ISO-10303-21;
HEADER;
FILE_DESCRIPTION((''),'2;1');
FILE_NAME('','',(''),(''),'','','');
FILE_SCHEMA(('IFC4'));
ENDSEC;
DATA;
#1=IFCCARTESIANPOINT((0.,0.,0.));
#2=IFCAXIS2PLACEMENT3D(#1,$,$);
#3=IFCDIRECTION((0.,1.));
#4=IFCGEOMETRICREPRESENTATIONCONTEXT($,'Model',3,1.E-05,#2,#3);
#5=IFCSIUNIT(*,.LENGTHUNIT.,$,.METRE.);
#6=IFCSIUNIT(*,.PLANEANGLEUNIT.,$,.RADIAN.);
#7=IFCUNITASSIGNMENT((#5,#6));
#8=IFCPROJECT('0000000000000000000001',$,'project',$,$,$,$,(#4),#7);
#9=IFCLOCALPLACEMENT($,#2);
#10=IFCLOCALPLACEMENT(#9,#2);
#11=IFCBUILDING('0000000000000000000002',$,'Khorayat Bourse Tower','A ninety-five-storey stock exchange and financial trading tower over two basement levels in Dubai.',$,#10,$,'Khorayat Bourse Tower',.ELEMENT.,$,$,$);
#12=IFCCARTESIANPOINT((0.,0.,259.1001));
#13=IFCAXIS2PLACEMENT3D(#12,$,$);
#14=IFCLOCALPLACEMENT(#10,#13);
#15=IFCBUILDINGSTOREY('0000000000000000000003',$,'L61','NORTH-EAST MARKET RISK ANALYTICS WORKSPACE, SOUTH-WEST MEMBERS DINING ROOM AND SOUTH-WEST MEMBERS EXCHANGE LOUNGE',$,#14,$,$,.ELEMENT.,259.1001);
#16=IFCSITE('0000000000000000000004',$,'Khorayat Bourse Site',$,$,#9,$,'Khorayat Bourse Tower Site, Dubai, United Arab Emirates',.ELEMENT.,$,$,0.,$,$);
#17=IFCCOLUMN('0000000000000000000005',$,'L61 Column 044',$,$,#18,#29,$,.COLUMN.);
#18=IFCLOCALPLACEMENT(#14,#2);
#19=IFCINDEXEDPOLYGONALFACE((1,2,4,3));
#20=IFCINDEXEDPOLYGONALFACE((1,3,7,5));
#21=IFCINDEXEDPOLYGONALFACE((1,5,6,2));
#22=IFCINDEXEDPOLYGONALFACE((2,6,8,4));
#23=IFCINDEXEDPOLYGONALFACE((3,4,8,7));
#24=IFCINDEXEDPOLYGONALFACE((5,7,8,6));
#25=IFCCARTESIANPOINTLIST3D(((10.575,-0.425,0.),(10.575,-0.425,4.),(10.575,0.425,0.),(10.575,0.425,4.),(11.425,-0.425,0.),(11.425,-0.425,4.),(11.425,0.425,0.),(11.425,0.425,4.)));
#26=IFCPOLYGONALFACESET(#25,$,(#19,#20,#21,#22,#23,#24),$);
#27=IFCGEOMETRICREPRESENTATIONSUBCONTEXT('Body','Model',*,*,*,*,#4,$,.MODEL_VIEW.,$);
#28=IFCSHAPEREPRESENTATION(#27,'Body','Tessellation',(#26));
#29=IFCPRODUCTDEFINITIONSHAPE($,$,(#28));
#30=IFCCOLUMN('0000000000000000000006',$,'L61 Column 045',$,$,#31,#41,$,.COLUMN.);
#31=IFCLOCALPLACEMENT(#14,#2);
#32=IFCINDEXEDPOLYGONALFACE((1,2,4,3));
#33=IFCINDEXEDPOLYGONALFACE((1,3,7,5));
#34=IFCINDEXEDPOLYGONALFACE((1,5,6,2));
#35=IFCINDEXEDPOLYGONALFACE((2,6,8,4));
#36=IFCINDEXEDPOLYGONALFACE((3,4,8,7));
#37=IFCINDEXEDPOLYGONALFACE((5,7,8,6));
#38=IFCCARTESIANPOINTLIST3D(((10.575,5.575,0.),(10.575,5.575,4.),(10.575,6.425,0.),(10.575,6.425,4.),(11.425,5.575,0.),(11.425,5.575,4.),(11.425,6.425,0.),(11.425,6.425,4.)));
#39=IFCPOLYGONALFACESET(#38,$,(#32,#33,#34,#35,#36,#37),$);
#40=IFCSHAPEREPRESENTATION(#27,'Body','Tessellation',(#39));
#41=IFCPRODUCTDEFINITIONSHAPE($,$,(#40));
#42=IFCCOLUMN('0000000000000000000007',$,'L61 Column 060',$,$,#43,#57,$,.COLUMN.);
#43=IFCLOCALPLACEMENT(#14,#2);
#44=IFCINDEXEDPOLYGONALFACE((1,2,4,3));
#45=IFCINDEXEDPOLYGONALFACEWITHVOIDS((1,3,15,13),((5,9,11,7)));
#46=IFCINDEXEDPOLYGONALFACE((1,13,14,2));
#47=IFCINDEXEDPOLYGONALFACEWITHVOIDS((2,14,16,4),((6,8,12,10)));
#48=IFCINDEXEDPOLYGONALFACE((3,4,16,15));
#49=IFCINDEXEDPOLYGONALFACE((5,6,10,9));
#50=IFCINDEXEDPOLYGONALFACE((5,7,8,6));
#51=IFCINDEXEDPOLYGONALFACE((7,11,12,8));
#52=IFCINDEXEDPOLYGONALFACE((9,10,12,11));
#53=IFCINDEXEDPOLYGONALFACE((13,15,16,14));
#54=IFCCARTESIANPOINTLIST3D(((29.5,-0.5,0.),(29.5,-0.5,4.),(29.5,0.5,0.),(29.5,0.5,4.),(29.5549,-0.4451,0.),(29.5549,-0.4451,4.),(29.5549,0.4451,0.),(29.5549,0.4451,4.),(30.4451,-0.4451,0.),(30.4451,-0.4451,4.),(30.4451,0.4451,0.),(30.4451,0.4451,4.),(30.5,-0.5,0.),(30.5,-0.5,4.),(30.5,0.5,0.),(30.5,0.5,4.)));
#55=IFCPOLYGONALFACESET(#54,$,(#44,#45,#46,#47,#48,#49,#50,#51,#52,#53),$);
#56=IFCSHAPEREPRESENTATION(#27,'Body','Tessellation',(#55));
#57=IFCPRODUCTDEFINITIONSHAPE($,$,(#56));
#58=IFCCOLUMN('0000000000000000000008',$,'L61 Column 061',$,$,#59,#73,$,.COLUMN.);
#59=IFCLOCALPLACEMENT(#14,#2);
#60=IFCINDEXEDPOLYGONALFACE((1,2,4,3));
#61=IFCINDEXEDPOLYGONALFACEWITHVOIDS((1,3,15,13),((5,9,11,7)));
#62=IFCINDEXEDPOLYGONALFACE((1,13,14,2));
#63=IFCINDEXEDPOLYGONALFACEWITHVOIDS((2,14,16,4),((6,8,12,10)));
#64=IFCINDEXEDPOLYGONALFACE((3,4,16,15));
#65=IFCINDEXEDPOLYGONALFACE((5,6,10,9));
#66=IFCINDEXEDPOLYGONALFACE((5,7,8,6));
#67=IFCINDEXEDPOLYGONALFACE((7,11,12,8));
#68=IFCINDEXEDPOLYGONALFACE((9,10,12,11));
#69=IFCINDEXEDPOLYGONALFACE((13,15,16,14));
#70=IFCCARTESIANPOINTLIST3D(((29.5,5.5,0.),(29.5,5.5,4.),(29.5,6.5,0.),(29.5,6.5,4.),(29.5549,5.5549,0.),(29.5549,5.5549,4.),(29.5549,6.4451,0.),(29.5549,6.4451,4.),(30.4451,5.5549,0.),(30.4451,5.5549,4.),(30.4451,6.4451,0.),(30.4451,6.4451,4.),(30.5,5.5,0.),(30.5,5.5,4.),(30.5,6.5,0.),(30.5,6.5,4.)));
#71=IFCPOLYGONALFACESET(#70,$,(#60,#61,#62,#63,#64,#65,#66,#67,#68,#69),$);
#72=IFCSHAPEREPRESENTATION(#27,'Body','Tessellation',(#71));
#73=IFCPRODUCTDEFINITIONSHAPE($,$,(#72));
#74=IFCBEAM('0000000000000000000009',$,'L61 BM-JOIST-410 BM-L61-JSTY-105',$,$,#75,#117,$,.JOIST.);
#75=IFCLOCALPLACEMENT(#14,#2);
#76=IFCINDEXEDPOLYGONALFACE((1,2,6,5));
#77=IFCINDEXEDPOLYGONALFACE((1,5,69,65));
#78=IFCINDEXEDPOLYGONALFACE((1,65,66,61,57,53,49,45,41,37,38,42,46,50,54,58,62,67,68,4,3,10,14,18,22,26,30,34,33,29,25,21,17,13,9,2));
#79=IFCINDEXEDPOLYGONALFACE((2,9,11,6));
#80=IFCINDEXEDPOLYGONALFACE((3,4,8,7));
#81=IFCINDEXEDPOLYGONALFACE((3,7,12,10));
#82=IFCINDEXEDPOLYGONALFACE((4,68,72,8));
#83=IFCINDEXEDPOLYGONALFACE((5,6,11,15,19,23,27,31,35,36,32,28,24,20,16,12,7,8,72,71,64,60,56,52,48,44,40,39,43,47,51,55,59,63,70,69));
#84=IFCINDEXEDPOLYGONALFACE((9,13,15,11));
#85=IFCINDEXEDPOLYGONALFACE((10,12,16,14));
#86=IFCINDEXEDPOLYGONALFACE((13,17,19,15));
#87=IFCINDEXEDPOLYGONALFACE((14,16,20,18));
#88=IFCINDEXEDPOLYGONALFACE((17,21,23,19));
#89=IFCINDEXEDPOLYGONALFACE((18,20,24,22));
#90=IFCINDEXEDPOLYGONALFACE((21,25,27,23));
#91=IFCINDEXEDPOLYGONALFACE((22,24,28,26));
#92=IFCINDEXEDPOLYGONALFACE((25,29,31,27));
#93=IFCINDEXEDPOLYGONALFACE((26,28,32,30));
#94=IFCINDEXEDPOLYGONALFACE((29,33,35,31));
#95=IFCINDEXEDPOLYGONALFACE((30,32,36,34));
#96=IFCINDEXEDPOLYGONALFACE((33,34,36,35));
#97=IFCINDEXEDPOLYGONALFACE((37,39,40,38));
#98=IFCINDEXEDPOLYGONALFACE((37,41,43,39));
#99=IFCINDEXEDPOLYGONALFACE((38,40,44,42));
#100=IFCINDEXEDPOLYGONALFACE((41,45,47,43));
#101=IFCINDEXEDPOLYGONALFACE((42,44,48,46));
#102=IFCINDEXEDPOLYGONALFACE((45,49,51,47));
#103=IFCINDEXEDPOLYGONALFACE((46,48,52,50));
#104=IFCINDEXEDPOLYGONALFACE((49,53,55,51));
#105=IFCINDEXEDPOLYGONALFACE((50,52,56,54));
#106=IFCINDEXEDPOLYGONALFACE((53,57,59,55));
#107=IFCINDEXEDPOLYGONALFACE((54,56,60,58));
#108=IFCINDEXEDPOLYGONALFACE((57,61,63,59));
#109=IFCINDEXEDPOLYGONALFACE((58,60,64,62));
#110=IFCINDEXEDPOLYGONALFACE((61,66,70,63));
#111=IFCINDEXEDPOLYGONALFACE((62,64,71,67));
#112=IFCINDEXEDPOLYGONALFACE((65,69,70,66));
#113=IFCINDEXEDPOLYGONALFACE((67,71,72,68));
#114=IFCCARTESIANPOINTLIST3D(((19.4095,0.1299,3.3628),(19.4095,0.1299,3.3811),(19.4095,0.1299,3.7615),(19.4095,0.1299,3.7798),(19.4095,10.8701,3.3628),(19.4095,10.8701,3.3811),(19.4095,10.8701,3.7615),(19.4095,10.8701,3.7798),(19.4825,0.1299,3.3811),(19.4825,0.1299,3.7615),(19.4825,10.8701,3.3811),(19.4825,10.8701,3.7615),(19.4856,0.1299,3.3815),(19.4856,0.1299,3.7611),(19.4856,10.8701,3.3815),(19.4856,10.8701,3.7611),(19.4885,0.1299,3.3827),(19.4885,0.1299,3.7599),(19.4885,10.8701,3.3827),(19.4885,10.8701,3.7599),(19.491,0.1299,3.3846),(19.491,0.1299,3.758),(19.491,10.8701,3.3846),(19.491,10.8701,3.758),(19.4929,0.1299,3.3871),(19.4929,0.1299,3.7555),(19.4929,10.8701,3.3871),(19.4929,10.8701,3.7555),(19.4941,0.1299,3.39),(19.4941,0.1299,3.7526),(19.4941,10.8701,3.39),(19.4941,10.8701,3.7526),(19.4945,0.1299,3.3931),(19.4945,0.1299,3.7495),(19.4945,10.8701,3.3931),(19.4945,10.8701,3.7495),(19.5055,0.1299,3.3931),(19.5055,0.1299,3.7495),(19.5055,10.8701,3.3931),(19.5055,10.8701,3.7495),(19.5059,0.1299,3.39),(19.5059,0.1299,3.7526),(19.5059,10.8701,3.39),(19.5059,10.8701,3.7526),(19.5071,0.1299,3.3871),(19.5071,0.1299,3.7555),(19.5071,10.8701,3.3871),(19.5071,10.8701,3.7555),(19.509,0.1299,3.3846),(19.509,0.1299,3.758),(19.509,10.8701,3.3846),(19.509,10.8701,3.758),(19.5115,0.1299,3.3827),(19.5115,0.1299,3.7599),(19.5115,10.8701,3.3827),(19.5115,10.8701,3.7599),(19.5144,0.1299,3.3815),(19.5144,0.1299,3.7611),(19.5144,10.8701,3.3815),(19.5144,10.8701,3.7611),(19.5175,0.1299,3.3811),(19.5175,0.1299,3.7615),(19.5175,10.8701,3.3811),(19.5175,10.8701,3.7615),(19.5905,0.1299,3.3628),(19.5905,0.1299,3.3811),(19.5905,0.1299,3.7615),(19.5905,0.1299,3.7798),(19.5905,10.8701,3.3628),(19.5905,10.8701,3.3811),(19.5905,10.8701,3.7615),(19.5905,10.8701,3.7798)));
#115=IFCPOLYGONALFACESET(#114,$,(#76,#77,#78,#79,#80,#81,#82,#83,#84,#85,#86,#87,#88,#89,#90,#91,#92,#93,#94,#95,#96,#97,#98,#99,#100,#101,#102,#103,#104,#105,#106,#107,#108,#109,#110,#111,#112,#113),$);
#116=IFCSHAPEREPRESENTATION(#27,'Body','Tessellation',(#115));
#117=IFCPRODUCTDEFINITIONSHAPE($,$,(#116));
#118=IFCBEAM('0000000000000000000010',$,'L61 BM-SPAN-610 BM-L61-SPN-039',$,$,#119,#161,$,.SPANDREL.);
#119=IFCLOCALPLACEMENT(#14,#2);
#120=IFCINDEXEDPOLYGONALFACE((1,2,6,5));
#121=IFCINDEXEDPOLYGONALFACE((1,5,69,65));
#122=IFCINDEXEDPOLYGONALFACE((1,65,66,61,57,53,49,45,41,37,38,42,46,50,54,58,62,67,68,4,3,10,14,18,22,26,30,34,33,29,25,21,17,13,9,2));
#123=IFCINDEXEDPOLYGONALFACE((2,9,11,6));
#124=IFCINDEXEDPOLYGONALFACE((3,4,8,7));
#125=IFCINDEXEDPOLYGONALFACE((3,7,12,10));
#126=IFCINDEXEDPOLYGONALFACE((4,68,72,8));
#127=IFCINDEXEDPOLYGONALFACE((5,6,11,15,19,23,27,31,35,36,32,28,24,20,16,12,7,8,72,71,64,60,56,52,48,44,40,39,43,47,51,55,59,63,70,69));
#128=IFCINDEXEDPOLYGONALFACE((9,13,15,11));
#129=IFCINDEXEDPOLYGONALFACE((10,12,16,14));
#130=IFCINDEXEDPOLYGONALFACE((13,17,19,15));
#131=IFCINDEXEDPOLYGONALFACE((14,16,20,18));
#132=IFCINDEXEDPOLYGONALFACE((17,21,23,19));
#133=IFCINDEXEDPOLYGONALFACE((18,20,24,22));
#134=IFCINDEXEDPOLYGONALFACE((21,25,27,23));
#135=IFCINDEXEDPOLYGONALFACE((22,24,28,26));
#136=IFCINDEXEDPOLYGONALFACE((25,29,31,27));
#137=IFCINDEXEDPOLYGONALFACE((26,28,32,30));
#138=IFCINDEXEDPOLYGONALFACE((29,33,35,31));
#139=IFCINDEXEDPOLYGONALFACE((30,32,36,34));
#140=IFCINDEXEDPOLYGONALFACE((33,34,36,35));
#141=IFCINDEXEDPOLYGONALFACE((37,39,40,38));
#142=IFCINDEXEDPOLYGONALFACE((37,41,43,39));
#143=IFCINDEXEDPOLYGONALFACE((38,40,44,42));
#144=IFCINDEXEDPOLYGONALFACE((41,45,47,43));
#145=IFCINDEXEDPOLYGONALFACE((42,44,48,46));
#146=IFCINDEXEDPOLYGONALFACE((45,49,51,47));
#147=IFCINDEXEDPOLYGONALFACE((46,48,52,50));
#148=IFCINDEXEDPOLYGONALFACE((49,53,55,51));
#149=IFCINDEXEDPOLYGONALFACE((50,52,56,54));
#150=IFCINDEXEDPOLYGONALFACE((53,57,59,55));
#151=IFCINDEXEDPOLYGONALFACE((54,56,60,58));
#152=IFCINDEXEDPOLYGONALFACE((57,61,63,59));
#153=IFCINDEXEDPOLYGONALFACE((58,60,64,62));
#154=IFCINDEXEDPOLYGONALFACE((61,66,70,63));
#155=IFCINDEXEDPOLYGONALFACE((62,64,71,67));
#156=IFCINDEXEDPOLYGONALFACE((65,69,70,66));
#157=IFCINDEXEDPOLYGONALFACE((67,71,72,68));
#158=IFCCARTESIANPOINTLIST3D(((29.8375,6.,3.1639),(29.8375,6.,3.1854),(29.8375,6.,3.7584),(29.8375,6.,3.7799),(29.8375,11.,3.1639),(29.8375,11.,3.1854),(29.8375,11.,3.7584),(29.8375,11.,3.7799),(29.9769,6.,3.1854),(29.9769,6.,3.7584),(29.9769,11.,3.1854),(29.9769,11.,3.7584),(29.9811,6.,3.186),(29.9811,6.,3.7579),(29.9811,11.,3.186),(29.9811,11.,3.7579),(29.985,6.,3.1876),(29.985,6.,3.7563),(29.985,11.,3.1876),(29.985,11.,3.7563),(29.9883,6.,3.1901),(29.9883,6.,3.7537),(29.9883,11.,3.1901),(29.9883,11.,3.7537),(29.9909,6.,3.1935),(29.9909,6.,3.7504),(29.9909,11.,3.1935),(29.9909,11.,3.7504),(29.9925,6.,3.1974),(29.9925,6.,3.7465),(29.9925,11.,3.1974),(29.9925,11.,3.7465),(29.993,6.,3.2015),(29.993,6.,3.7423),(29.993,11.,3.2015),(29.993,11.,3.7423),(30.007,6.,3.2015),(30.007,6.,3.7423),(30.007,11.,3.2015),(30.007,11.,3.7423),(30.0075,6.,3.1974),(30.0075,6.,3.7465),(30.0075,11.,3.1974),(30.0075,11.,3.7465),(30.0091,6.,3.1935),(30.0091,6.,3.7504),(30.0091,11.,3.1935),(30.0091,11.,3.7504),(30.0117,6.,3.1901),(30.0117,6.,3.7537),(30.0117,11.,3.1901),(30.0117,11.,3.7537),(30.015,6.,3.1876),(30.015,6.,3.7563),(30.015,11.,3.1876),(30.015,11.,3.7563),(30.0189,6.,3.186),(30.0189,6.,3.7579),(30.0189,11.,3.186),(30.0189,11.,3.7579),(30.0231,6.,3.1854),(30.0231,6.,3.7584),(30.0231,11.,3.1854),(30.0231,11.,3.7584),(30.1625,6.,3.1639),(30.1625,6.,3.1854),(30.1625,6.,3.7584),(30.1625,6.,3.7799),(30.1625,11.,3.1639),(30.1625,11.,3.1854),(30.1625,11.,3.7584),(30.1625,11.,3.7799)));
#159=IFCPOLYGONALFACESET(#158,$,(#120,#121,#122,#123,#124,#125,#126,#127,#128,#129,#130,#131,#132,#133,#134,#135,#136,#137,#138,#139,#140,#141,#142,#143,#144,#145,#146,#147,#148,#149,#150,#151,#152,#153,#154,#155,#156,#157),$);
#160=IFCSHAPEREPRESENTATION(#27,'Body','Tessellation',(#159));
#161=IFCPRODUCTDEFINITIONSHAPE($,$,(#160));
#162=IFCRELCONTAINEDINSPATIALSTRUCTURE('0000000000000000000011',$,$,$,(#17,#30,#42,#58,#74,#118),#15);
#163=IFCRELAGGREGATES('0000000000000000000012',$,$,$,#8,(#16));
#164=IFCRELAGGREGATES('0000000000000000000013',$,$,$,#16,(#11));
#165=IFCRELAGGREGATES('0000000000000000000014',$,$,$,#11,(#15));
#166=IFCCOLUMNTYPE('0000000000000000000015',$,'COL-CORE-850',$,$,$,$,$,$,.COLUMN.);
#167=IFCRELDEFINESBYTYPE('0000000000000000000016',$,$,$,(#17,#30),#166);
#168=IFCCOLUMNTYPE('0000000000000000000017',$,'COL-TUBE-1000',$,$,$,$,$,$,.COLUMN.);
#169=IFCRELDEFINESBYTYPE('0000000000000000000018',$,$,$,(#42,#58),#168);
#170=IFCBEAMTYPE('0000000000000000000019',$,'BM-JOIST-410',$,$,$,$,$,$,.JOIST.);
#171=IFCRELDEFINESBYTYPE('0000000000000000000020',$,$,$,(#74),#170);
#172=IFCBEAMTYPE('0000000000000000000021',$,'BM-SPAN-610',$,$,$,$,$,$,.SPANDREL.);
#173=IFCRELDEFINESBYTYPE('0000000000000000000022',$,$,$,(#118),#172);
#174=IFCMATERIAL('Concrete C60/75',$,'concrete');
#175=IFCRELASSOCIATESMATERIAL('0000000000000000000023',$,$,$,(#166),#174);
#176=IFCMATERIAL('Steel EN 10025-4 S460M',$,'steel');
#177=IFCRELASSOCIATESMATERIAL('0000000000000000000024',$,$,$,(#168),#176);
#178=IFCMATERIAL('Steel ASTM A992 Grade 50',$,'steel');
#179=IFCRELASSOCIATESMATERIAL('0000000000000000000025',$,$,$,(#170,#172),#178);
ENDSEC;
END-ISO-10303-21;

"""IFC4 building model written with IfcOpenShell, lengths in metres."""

from ifc_helpers import new_model, si_unit, direction, frame, origin, origin_2d, place, context, subcontext, project, spatial, rectangle, hollow_rectangle, i_section, extrude, source, transform, mapped, material, material_profile, profile_set, type_object, element, save


model = new_model("IFC4")

# Units and contexts
model_context = context("Model", 3, precision=1e-05, world=origin(), true_north=direction((0.0, 1.0)))
body_context = subcontext(model_context, "Body", "Model", "MODEL_VIEW")
ifc_project = project(units=[si_unit("LENGTHUNIT", "METRE"), si_unit("PLANEANGLEUNIT", "RADIAN")], contexts=[model_context])

# Site, building, storey
site_placement = place(None, origin())
site = spatial("IfcSite", under=ifc_project, at=site_placement, Name="Khorayat Bourse Site", LongName="Khorayat Bourse Tower Site, Dubai, United Arab Emirates", CompositionType="ELEMENT", RefElevation=0.0)
building_placement = place(site_placement, origin())
building = spatial("IfcBuilding", under=site, at=building_placement, Name="Khorayat Bourse Tower", Description="A ninety-five-storey stock exchange and financial trading tower over two basement levels in Dubai.", LongName="Khorayat Bourse Tower", CompositionType="ELEMENT")
storey_placement = place(building_placement, frame((0.0, 0.0, 259.1001)))
storey = spatial("IfcBuildingStorey", under=building, at=storey_placement, Name="L61", Description="NORTH-EAST MARKET RISK ANALYTICS WORKSPACE, SOUTH-WEST MEMBERS DINING ROOM AND SOUTH-WEST MEMBERS EXCHANGE LOUNGE", CompositionType="ELEMENT", Elevation=259.1001)

# Columns
ifc_material_1 = material(Name="Concrete C60/75", Category="concrete")
ifc_material_profile_1 = material_profile(ifc_material_1, rectangle(XDim=0.8501, YDim=0.8501, at=origin_2d()), Name="RC 850x850")
ifc_profile_set_1 = profile_set([ifc_material_profile_1], Name="Concrete C60/75")
column_type_1 = type_object("IfcColumnType", Name="COL-CORE-850", PredefinedType="COLUMN", material=ifc_profile_set_1)
shared_shape_1 = source(origin(), body_context, "Body", "SweptSolid", [
    extrude(rectangle(XDim=0.8501, YDim=0.8501, at=origin_2d()), origin(), (0.0, 0.0, 1.0), 4.0),
])
for number, where, z_axis, x_axis, name in (
    (1, (11.0, 0.0, 0.0), (0.0, 0.0, 1.0), (1.0, 0.0, 0.0), "L61 Column 044"),
    (2, (11.0, 6.0, 0.0), (0.0, 0.0, 1.0), (1.0, 0.0, 0.0), "L61 Column 045"),
):
    element("IfcColumn", number, at=place(storey_placement, frame(where, z_axis=z_axis, x_axis=x_axis)), inside=storey, type_object=column_type_1, Name=name, PredefinedType="COLUMN", context=body_context, shape_type="MappedRepresentation", body=[
        mapped(shared_shape_1, transform((0.0, 0.0, 0.0), scale=1.0)),
    ])
ifc_material_2 = material(Name="Steel EN 10025-4 S460M", Category="steel")
ifc_material_profile_2 = material_profile(ifc_material_2, hollow_rectangle(XDim=1.0, YDim=1.0, WallThickness=0.0549, at=origin_2d()), Name="BOX 1000x1000x55")
ifc_profile_set_2 = profile_set([ifc_material_profile_2], Name="Steel EN 10025-4 S460M")
column_type_2 = type_object("IfcColumnType", Name="COL-TUBE-1000", PredefinedType="COLUMN", material=ifc_profile_set_2)
shared_shape_2 = source(origin(), body_context, "Body", "SweptSolid", [
    extrude(hollow_rectangle(XDim=1.0, YDim=1.0, WallThickness=0.0549, at=origin_2d()), origin(), (0.0, 0.0, 1.0), 4.0),
])
for number, where, z_axis, x_axis, name in (
    (3, (30.0, 0.0, 0.0), (0.0, 0.0, 1.0), (1.0, 0.0, 0.0), "L61 Column 060"),
    (4, (30.0, 6.0, 0.0), (0.0, 0.0, 1.0), (1.0, 0.0, 0.0), "L61 Column 061"),
):
    element("IfcColumn", number, at=place(storey_placement, frame(where, z_axis=z_axis, x_axis=x_axis)), inside=storey, type_object=column_type_2, Name=name, PredefinedType="COLUMN", context=body_context, shape_type="MappedRepresentation", body=[
        mapped(shared_shape_2, transform((0.0, 0.0, 0.0), scale=1.0)),
    ])

# Beams
ifc_material_3 = material(Name="Steel ASTM A992 Grade 50", Category="steel")
ifc_material_profile_3 = material_profile(ifc_material_3, i_section(OverallWidth=0.1809, OverallDepth=0.417, WebThickness=0.011, FlangeThickness=0.0183, FilletRadius=0.012, at=origin_2d()), Name="W410X85")
ifc_profile_set_3 = profile_set([ifc_material_profile_3], Name="Steel ASTM A992 Grade 50")
beam_type_1 = type_object("IfcBeamType", Name="BM-JOIST-410", PredefinedType="JOIST", material=ifc_profile_set_3)
shared_shape_3 = source(origin(), body_context, "Body", "SweptSolid", [
    extrude(i_section(OverallWidth=0.1809, OverallDepth=0.417, WebThickness=0.011, FlangeThickness=0.0183, FilletRadius=0.012, at=origin_2d()), origin(), (0.0, 0.0, 1.0), 10.7402),
])
beam_1_placement = place(storey_placement, frame((19.5, 0.1299, 3.5713), z_axis=(0.0, 1.0, 0.0), x_axis=(-1.0, 0.0, 0.0)))
element("IfcBeam", 5, at=beam_1_placement, inside=storey, type_object=beam_type_1, Name="L61 BM-JOIST-410 BM-L61-JSTY-105", PredefinedType="JOIST", context=body_context, shape_type="MappedRepresentation", body=[
    mapped(shared_shape_3, transform((0.0, 0.0, 0.0), scale=1.0)),
])
ifc_material_profile_4 = material_profile(ifc_material_3, i_section(OverallWidth=0.325, OverallDepth=0.616, WebThickness=0.0139, FlangeThickness=0.0215, FilletRadius=0.0161, at=origin_2d()), Name="W610X174")
ifc_profile_set_4 = profile_set([ifc_material_profile_4], Name="Steel ASTM A992 Grade 50")
beam_type_2 = type_object("IfcBeamType", Name="BM-SPAN-610", PredefinedType="SPANDREL", material=ifc_profile_set_4)
shared_shape_4 = source(origin(), body_context, "Body", "SweptSolid", [
    extrude(i_section(OverallWidth=0.325, OverallDepth=0.616, WebThickness=0.0139, FlangeThickness=0.0215, FilletRadius=0.0161, at=origin_2d()), origin(), (0.0, 0.0, 1.0), 5.0),
])
beam_2_placement = place(storey_placement, frame((30.0, 6.0, 3.4719), z_axis=(0.0, 1.0, 0.0), x_axis=(-1.0, 0.0, 0.0)))
element("IfcBeam", 6, at=beam_2_placement, inside=storey, type_object=beam_type_2, Name="L61 BM-SPAN-610 BM-L61-SPN-039", PredefinedType="SPANDREL", context=body_context, shape_type="MappedRepresentation", body=[
    mapped(shared_shape_4, transform((0.0, 0.0, 0.0), scale=1.0)),
])

save(model, "model.ifc")
